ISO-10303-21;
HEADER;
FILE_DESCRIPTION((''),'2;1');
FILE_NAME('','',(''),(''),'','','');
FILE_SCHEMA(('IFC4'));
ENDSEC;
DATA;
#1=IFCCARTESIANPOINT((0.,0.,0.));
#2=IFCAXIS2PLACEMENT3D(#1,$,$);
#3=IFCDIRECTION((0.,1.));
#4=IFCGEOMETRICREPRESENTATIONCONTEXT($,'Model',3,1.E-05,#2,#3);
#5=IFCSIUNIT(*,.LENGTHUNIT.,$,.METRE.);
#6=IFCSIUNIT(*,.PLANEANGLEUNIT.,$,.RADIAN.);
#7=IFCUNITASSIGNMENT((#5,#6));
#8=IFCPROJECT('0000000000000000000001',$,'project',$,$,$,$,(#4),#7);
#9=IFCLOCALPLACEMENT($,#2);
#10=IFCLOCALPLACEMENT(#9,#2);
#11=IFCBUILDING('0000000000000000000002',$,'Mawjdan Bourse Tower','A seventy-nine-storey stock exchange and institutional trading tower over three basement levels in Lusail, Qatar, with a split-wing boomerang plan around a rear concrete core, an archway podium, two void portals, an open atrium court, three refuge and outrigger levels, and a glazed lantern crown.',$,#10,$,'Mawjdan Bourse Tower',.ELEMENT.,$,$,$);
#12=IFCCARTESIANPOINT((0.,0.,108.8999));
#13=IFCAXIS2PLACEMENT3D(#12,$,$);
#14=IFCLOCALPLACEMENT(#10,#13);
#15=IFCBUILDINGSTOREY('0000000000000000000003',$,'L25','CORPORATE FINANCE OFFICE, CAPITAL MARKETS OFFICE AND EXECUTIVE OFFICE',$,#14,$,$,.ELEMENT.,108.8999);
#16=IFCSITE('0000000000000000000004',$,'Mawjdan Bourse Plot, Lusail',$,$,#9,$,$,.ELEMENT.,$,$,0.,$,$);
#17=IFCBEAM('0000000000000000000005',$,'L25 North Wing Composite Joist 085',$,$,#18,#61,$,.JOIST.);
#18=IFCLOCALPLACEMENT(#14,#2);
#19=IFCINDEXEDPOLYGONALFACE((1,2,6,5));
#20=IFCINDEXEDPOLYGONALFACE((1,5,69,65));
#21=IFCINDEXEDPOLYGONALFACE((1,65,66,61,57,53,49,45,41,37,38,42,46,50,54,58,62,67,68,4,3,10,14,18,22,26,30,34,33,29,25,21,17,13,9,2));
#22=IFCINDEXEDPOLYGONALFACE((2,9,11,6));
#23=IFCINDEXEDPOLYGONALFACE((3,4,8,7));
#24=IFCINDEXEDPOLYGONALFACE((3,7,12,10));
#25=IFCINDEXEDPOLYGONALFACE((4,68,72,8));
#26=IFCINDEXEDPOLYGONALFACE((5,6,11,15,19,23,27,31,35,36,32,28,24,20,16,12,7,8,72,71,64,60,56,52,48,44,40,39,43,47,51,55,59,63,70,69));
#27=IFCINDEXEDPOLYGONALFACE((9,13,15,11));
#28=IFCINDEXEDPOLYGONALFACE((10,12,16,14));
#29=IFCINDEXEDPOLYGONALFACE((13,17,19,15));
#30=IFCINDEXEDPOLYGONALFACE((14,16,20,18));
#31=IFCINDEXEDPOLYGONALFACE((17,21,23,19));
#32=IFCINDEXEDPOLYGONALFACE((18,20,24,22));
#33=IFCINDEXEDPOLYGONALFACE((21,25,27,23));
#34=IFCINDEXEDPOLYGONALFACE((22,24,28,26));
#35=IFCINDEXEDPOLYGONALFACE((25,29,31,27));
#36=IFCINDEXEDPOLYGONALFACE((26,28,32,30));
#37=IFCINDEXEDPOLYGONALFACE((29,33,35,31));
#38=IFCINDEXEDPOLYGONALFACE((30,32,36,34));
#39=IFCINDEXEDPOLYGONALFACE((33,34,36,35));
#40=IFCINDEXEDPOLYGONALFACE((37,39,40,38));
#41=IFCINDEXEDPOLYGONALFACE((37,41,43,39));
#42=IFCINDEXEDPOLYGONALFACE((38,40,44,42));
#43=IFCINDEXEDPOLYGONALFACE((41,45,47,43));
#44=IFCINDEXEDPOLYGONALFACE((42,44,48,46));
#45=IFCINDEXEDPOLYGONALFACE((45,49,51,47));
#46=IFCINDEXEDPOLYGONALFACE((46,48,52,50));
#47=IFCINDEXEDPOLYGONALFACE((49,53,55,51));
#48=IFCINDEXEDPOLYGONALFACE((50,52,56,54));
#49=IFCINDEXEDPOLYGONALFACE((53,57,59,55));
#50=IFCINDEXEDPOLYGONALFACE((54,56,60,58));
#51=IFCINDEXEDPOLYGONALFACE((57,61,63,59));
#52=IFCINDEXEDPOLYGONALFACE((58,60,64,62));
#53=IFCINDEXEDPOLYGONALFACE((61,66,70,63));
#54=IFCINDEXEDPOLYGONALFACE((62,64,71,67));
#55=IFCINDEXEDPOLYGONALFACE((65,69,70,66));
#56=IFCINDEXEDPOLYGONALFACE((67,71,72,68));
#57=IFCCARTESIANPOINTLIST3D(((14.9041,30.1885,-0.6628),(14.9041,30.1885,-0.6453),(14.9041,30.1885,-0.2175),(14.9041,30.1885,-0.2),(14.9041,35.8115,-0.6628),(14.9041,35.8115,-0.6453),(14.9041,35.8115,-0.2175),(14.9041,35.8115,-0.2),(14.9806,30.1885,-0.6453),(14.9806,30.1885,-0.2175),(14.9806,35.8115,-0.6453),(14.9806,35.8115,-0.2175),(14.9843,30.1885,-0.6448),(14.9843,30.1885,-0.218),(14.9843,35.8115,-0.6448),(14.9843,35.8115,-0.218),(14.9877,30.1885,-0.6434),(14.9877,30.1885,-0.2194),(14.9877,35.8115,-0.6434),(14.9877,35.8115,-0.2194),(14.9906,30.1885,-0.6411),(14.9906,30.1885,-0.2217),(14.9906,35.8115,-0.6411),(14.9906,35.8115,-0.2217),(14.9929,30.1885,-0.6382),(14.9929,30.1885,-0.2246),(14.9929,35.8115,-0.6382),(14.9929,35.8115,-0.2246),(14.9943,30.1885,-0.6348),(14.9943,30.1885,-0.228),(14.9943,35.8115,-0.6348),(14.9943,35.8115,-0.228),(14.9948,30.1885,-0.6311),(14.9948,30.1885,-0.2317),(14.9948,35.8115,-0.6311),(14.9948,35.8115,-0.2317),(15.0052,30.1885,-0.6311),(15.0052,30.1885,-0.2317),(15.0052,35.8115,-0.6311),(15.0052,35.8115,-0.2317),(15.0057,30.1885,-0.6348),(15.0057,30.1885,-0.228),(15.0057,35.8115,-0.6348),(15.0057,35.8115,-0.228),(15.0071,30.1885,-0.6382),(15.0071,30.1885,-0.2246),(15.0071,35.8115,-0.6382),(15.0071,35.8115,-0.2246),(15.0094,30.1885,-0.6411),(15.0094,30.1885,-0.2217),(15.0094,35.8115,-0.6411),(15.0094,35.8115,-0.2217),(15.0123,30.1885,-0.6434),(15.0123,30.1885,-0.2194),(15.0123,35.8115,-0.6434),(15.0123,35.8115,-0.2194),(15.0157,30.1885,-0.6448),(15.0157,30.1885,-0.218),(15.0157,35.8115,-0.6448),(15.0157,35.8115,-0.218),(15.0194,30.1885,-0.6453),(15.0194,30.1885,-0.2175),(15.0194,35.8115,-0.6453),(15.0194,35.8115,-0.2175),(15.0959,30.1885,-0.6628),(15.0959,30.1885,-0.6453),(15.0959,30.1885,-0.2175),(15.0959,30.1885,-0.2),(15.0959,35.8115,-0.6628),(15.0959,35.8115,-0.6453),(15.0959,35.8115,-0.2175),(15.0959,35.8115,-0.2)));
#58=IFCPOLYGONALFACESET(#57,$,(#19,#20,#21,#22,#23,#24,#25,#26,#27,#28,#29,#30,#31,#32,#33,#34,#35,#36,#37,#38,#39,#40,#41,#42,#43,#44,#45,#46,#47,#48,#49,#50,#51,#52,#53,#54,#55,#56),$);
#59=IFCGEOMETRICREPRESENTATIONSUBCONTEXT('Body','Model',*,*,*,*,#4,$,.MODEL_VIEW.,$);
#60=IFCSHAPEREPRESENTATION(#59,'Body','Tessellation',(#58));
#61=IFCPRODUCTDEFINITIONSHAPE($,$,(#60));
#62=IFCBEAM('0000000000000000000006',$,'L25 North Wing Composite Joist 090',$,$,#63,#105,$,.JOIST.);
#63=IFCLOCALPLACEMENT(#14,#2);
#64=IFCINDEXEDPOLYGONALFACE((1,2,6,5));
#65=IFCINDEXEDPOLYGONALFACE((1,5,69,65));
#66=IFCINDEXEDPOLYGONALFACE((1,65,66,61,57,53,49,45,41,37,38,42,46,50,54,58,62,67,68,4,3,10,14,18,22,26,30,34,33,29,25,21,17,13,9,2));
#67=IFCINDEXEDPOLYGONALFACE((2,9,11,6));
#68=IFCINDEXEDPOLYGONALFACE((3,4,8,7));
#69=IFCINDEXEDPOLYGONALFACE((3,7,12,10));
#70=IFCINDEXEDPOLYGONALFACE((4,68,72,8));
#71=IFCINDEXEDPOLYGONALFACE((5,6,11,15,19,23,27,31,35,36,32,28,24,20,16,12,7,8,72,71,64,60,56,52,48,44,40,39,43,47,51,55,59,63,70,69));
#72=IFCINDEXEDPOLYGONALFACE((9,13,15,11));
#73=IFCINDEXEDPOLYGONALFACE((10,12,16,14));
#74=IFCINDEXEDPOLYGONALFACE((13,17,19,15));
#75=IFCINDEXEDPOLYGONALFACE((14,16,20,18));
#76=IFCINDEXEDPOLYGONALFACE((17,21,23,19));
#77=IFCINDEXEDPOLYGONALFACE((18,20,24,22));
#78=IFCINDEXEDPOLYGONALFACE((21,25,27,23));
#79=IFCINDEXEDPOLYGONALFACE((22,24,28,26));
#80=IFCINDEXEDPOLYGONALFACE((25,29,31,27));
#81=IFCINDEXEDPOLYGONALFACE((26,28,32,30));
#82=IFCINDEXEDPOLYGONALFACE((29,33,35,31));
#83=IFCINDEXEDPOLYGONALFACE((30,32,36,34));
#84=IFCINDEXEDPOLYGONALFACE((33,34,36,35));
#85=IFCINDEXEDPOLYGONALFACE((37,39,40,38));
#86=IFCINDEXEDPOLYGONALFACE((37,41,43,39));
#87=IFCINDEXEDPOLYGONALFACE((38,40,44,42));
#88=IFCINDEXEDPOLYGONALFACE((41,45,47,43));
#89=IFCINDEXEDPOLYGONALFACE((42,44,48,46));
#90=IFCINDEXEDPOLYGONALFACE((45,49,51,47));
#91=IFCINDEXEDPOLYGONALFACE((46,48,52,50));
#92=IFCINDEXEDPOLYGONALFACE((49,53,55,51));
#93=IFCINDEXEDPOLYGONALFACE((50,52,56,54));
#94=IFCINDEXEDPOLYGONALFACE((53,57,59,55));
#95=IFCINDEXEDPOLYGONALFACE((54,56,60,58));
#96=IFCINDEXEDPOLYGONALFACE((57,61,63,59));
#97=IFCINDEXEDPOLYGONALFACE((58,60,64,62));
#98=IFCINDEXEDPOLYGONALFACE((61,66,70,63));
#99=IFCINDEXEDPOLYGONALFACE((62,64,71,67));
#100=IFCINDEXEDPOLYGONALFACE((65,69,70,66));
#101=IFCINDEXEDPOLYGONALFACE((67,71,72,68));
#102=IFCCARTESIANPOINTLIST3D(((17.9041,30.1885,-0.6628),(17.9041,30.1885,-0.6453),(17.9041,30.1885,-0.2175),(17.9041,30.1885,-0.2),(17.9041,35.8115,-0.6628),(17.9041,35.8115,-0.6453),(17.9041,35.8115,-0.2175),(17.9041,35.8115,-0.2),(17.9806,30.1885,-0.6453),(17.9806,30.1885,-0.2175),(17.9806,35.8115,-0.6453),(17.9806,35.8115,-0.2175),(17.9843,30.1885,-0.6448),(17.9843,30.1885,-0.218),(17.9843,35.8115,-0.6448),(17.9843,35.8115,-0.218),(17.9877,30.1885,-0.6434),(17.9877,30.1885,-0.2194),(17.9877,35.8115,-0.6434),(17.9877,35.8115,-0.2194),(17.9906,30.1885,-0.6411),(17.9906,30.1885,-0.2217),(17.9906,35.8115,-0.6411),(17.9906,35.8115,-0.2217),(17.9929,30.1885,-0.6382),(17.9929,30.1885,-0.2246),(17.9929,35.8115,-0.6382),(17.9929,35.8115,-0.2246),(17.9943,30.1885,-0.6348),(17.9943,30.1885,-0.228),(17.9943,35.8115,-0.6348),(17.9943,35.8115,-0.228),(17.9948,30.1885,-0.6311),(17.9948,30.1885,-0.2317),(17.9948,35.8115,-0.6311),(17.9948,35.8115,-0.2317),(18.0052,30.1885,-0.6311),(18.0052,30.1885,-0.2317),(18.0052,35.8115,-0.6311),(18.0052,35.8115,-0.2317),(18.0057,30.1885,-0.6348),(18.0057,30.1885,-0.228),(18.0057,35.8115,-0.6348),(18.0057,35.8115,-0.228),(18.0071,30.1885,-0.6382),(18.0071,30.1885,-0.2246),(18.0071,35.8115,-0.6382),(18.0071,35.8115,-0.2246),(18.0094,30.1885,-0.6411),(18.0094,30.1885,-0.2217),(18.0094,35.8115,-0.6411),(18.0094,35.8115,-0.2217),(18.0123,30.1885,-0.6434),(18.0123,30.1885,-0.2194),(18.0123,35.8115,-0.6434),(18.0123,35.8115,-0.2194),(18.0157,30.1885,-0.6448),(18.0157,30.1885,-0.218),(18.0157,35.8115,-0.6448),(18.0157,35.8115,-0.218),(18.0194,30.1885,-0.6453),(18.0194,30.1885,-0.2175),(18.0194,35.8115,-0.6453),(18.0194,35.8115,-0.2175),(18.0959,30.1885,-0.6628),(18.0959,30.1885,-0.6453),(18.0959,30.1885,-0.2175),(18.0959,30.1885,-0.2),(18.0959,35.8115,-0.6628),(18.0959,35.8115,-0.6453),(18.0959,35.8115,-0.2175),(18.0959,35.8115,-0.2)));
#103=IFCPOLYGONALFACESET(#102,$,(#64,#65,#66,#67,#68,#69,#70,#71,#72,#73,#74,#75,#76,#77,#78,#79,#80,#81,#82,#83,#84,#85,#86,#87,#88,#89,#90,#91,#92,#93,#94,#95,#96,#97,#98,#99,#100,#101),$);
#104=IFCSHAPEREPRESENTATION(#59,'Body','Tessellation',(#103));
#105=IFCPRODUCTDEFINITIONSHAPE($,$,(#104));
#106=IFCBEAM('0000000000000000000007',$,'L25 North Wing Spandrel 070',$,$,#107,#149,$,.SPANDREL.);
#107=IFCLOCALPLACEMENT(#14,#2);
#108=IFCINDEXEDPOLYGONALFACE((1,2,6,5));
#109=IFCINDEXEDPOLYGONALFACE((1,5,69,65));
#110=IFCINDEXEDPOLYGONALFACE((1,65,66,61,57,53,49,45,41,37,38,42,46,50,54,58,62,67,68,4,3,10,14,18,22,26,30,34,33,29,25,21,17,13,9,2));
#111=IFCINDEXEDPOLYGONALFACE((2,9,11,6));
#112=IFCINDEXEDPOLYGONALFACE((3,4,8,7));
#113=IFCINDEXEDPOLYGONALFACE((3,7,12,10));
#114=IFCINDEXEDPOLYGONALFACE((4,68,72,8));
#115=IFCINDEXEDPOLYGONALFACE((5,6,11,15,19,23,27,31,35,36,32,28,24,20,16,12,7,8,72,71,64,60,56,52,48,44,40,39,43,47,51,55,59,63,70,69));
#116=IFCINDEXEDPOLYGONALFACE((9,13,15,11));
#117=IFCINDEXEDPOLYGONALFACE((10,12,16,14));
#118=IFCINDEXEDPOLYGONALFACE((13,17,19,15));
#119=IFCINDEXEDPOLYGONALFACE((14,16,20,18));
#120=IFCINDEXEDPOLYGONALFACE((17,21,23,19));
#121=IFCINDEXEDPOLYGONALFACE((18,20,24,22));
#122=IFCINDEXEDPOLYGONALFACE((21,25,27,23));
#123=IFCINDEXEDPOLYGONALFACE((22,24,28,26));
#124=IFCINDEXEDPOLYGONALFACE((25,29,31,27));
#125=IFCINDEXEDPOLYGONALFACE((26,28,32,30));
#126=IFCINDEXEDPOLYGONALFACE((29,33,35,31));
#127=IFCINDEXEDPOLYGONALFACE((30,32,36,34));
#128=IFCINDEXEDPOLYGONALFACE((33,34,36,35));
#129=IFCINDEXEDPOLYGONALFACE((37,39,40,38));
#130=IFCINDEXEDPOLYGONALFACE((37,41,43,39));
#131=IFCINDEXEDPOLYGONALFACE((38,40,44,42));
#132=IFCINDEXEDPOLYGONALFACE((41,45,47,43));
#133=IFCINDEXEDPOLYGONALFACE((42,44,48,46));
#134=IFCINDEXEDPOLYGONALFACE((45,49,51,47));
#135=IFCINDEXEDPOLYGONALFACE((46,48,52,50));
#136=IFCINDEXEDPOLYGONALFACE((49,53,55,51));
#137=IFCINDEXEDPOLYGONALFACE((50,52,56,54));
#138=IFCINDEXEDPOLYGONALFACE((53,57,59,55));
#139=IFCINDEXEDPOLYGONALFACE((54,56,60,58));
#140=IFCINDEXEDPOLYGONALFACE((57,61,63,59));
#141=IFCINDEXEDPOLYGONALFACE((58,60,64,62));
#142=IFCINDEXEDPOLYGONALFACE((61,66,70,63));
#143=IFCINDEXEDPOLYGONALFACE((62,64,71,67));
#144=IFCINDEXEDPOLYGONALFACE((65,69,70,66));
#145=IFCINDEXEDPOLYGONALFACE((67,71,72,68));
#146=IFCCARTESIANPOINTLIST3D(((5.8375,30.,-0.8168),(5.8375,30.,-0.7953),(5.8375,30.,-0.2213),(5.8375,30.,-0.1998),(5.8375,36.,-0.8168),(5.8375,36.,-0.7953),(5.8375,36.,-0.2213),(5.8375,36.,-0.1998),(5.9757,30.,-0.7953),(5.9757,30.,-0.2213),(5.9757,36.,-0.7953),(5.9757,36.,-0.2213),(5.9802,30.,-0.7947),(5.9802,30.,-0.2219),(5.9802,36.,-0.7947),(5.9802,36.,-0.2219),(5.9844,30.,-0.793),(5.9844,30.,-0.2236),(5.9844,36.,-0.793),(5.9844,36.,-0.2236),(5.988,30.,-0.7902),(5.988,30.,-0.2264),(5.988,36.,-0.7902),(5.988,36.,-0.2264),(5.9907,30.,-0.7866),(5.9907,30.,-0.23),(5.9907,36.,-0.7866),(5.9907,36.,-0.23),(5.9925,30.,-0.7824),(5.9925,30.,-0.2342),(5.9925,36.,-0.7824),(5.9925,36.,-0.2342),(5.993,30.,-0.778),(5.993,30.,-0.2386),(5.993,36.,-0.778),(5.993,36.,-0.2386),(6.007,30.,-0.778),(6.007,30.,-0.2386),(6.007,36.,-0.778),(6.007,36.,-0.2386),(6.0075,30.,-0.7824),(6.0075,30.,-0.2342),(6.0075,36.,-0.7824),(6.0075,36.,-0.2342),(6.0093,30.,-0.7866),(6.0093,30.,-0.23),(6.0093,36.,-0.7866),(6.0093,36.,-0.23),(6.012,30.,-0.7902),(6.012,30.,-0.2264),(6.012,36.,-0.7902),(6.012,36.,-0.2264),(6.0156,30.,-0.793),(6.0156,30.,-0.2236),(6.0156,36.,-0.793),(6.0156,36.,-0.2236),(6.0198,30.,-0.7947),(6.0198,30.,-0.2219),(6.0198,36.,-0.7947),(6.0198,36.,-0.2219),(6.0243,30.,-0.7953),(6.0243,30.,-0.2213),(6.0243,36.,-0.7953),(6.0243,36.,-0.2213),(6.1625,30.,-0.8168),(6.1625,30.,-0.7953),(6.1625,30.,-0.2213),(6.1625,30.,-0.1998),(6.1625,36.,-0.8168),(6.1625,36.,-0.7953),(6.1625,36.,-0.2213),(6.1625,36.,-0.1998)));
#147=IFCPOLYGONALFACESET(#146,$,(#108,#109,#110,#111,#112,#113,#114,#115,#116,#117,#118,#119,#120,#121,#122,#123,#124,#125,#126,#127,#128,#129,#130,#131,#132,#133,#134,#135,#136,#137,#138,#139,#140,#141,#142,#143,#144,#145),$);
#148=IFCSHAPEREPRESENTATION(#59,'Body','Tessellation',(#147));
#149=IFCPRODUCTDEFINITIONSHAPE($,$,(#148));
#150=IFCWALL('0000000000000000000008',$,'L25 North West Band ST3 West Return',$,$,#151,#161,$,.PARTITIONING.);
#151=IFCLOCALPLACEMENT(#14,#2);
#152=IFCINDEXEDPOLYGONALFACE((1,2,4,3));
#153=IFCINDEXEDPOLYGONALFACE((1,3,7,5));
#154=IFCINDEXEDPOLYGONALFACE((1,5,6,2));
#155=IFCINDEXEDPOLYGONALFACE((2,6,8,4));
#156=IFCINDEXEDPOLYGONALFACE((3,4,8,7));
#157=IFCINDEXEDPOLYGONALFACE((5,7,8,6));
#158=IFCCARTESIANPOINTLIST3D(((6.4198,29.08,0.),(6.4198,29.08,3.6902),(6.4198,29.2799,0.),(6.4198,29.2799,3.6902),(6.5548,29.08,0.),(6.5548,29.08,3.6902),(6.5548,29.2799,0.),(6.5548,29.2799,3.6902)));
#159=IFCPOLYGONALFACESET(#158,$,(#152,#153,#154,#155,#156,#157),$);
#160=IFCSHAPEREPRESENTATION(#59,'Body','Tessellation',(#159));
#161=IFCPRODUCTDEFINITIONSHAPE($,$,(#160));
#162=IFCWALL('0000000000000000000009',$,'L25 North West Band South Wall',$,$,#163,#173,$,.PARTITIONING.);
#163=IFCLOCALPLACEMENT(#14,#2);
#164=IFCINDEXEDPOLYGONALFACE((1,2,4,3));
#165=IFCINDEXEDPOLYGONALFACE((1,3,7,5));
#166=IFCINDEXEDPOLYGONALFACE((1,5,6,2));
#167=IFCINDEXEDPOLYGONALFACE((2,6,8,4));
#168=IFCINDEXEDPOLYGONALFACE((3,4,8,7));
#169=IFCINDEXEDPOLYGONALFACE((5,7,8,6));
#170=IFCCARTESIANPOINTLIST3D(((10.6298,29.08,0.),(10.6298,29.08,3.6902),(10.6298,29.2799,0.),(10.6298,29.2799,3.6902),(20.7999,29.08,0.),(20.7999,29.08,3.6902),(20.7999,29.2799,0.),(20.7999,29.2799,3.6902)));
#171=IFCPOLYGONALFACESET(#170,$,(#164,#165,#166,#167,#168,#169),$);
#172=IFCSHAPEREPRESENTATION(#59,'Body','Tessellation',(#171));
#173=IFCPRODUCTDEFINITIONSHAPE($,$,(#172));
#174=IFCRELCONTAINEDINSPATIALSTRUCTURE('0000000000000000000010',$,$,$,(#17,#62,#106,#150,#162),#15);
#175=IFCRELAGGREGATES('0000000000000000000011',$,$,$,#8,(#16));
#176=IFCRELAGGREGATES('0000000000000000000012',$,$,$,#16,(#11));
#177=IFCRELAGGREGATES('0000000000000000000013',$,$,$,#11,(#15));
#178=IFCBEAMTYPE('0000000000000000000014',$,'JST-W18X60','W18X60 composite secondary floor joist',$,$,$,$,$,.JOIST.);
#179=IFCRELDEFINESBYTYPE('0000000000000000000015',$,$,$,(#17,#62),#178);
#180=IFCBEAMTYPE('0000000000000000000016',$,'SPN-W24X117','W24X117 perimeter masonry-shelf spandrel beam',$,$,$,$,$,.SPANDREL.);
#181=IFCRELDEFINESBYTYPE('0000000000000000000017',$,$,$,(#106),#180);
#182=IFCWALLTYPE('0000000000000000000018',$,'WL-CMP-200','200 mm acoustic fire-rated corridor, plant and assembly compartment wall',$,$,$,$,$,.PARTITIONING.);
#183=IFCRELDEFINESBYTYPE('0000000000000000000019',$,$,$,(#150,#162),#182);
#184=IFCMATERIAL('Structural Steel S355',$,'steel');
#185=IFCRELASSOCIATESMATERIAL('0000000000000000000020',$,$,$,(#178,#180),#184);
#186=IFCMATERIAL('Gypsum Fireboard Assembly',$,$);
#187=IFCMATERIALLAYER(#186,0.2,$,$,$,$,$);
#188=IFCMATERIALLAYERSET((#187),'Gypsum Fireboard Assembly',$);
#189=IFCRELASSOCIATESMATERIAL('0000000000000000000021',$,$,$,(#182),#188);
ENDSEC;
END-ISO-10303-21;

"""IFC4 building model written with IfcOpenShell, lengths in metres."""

from ifc_helpers import new_model, si_unit, direction, frame, frame_2d, origin, origin_2d, place, context, subcontext, project, spatial, rectangle, i_section, extrude, material, layer, layer_set, material_profile, profile_set, type_object, element, save


model = new_model("IFC4")

# Units and contexts
model_context = context("Model", 3, precision=1e-05, world=origin(), true_north=direction((0.0, 1.0)))
body_context = subcontext(model_context, "Body", "Model", "MODEL_VIEW")
ifc_project = project(units=[si_unit("LENGTHUNIT", "METRE"), si_unit("PLANEANGLEUNIT", "RADIAN")], contexts=[model_context])

# Site, building, storey
site_placement = place(None, origin())
site = spatial("IfcSite", under=ifc_project, at=site_placement, Name="Mawjdan Bourse Plot, Lusail", CompositionType="ELEMENT", RefElevation=0.0)
building_placement = place(site_placement, origin())
building = spatial("IfcBuilding", under=site, at=building_placement, Name="Mawjdan Bourse Tower", Description="A seventy-nine-storey stock exchange and institutional trading tower over three basement levels in Lusail, Qatar, with a split-wing boomerang plan around a rear concrete core, an archway podium, two void portals, an open atrium court, three refuge and outrigger levels, and a glazed lantern crown.", LongName="Mawjdan Bourse Tower", CompositionType="ELEMENT")
storey_placement = place(building_placement, frame((0.0, 0.0, 108.8999)))
storey = spatial("IfcBuildingStorey", under=building, at=storey_placement, Name="L25", Description="CORPORATE FINANCE OFFICE, CAPITAL MARKETS OFFICE AND EXECUTIVE OFFICE", CompositionType="ELEMENT", Elevation=108.8999)

# Beams
ifc_material_1 = material(Name="Structural Steel S355", Category="steel")
ifc_material_profile_1 = material_profile(ifc_material_1, i_section(OverallWidth=0.1919, OverallDepth=0.4629, WebThickness=0.0105, FlangeThickness=0.0176, FilletRadius=0.0142, at=origin_2d()), Name="W18X60")
ifc_profile_set_1 = profile_set([ifc_material_profile_1], Name="Structural Steel S355")
beam_type_1 = type_object("IfcBeamType", Name="JST-W18X60", Description="W18X60 composite secondary floor joist", PredefinedType="JOIST", material=ifc_profile_set_1)
for number, where, z_axis, x_axis, name in (
    (1, (15.0, 30.1885, -0.4314), (0.0, 1.0, 0.0), (-1.0, 0.0, 0.0), "L25 North Wing Composite Joist 085"),
    (2, (18.0, 30.1885, -0.4314), (0.0, 1.0, 0.0), (-1.0, 0.0, 0.0), "L25 North Wing Composite Joist 090"),
):
    element("IfcBeam", number, at=place(storey_placement, frame(where, z_axis=z_axis, x_axis=x_axis)), inside=storey, type_object=beam_type_1, Name=name, PredefinedType="JOIST", context=body_context, shape_type="SweptSolid", body=[
        extrude(i_section(OverallWidth=0.1919, OverallDepth=0.4629, WebThickness=0.0105, FlangeThickness=0.0176, FilletRadius=0.0142, at=origin_2d()), origin(), (0.0, 0.0, 1.0), 5.623),
    ])
ifc_material_profile_2 = material_profile(ifc_material_1, i_section(OverallWidth=0.325, OverallDepth=0.6169, WebThickness=0.0139, FlangeThickness=0.0215, FilletRadius=0.0173, at=origin_2d()), Name="W24X117")
ifc_profile_set_2 = profile_set([ifc_material_profile_2], Name="Structural Steel S355")
beam_type_2 = type_object("IfcBeamType", Name="SPN-W24X117", Description="W24X117 perimeter masonry-shelf spandrel beam", PredefinedType="SPANDREL", material=ifc_profile_set_2)
beam_placement = place(storey_placement, frame((6.0, 30.0, -0.5083), z_axis=(0.0, 1.0, 0.0), x_axis=(-1.0, 0.0, 0.0)))
element("IfcBeam", 3, at=beam_placement, inside=storey, type_object=beam_type_2, Name="L25 North Wing Spandrel 070", PredefinedType="SPANDREL", context=body_context, shape_type="SweptSolid", body=[
    extrude(i_section(OverallWidth=0.325, OverallDepth=0.6169, WebThickness=0.0139, FlangeThickness=0.0215, FilletRadius=0.0173, at=origin_2d()), origin(), (0.0, 0.0, 1.0), 6.0),
])

# Walls
ifc_material_2 = material(Name="Gypsum Fireboard Assembly")
ifc_layer_1 = layer(ifc_material_2, 0.2)
ifc_layer_set_1 = layer_set([ifc_layer_1], Name="Gypsum Fireboard Assembly")
wall_type_1 = type_object("IfcWallType", Name="WL-CMP-200", Description="200 mm acoustic fire-rated corridor, plant and assembly compartment wall", PredefinedType="PARTITIONING", material=ifc_layer_set_1)
wall_1_placement = place(storey_placement, frame((6.4199, 29.1799, 0.0), z_axis=(0.0, 0.0, 1.0), x_axis=(1.0, 0.0, 0.0)))
element("IfcWall", 4, at=wall_1_placement, inside=storey, type_object=wall_type_1, Name="L25 North West Band ST3 West Return", PredefinedType="PARTITIONING", context=body_context, shape_type="SweptSolid", body=[
    extrude(rectangle(XDim=0.135, YDim=0.2, at=frame_2d((0.0674, 0.0))), origin(), (0.0, 0.0, 1.0), 3.6902),
])
wall_2_placement = place(storey_placement, frame((10.6299, 29.1799, 0.0), z_axis=(0.0, 0.0, 1.0), x_axis=(1.0, 0.0, 0.0)))
element("IfcWall", 5, at=wall_2_placement, inside=storey, type_object=wall_type_1, Name="L25 North West Band South Wall", PredefinedType="PARTITIONING", context=body_context, shape_type="SweptSolid", body=[
    extrude(rectangle(XDim=10.1702, YDim=0.2, at=frame_2d((5.085, 0.0))), origin(), (0.0, 0.0, 1.0), 3.6902),
])

save(model, "model.ifc")
